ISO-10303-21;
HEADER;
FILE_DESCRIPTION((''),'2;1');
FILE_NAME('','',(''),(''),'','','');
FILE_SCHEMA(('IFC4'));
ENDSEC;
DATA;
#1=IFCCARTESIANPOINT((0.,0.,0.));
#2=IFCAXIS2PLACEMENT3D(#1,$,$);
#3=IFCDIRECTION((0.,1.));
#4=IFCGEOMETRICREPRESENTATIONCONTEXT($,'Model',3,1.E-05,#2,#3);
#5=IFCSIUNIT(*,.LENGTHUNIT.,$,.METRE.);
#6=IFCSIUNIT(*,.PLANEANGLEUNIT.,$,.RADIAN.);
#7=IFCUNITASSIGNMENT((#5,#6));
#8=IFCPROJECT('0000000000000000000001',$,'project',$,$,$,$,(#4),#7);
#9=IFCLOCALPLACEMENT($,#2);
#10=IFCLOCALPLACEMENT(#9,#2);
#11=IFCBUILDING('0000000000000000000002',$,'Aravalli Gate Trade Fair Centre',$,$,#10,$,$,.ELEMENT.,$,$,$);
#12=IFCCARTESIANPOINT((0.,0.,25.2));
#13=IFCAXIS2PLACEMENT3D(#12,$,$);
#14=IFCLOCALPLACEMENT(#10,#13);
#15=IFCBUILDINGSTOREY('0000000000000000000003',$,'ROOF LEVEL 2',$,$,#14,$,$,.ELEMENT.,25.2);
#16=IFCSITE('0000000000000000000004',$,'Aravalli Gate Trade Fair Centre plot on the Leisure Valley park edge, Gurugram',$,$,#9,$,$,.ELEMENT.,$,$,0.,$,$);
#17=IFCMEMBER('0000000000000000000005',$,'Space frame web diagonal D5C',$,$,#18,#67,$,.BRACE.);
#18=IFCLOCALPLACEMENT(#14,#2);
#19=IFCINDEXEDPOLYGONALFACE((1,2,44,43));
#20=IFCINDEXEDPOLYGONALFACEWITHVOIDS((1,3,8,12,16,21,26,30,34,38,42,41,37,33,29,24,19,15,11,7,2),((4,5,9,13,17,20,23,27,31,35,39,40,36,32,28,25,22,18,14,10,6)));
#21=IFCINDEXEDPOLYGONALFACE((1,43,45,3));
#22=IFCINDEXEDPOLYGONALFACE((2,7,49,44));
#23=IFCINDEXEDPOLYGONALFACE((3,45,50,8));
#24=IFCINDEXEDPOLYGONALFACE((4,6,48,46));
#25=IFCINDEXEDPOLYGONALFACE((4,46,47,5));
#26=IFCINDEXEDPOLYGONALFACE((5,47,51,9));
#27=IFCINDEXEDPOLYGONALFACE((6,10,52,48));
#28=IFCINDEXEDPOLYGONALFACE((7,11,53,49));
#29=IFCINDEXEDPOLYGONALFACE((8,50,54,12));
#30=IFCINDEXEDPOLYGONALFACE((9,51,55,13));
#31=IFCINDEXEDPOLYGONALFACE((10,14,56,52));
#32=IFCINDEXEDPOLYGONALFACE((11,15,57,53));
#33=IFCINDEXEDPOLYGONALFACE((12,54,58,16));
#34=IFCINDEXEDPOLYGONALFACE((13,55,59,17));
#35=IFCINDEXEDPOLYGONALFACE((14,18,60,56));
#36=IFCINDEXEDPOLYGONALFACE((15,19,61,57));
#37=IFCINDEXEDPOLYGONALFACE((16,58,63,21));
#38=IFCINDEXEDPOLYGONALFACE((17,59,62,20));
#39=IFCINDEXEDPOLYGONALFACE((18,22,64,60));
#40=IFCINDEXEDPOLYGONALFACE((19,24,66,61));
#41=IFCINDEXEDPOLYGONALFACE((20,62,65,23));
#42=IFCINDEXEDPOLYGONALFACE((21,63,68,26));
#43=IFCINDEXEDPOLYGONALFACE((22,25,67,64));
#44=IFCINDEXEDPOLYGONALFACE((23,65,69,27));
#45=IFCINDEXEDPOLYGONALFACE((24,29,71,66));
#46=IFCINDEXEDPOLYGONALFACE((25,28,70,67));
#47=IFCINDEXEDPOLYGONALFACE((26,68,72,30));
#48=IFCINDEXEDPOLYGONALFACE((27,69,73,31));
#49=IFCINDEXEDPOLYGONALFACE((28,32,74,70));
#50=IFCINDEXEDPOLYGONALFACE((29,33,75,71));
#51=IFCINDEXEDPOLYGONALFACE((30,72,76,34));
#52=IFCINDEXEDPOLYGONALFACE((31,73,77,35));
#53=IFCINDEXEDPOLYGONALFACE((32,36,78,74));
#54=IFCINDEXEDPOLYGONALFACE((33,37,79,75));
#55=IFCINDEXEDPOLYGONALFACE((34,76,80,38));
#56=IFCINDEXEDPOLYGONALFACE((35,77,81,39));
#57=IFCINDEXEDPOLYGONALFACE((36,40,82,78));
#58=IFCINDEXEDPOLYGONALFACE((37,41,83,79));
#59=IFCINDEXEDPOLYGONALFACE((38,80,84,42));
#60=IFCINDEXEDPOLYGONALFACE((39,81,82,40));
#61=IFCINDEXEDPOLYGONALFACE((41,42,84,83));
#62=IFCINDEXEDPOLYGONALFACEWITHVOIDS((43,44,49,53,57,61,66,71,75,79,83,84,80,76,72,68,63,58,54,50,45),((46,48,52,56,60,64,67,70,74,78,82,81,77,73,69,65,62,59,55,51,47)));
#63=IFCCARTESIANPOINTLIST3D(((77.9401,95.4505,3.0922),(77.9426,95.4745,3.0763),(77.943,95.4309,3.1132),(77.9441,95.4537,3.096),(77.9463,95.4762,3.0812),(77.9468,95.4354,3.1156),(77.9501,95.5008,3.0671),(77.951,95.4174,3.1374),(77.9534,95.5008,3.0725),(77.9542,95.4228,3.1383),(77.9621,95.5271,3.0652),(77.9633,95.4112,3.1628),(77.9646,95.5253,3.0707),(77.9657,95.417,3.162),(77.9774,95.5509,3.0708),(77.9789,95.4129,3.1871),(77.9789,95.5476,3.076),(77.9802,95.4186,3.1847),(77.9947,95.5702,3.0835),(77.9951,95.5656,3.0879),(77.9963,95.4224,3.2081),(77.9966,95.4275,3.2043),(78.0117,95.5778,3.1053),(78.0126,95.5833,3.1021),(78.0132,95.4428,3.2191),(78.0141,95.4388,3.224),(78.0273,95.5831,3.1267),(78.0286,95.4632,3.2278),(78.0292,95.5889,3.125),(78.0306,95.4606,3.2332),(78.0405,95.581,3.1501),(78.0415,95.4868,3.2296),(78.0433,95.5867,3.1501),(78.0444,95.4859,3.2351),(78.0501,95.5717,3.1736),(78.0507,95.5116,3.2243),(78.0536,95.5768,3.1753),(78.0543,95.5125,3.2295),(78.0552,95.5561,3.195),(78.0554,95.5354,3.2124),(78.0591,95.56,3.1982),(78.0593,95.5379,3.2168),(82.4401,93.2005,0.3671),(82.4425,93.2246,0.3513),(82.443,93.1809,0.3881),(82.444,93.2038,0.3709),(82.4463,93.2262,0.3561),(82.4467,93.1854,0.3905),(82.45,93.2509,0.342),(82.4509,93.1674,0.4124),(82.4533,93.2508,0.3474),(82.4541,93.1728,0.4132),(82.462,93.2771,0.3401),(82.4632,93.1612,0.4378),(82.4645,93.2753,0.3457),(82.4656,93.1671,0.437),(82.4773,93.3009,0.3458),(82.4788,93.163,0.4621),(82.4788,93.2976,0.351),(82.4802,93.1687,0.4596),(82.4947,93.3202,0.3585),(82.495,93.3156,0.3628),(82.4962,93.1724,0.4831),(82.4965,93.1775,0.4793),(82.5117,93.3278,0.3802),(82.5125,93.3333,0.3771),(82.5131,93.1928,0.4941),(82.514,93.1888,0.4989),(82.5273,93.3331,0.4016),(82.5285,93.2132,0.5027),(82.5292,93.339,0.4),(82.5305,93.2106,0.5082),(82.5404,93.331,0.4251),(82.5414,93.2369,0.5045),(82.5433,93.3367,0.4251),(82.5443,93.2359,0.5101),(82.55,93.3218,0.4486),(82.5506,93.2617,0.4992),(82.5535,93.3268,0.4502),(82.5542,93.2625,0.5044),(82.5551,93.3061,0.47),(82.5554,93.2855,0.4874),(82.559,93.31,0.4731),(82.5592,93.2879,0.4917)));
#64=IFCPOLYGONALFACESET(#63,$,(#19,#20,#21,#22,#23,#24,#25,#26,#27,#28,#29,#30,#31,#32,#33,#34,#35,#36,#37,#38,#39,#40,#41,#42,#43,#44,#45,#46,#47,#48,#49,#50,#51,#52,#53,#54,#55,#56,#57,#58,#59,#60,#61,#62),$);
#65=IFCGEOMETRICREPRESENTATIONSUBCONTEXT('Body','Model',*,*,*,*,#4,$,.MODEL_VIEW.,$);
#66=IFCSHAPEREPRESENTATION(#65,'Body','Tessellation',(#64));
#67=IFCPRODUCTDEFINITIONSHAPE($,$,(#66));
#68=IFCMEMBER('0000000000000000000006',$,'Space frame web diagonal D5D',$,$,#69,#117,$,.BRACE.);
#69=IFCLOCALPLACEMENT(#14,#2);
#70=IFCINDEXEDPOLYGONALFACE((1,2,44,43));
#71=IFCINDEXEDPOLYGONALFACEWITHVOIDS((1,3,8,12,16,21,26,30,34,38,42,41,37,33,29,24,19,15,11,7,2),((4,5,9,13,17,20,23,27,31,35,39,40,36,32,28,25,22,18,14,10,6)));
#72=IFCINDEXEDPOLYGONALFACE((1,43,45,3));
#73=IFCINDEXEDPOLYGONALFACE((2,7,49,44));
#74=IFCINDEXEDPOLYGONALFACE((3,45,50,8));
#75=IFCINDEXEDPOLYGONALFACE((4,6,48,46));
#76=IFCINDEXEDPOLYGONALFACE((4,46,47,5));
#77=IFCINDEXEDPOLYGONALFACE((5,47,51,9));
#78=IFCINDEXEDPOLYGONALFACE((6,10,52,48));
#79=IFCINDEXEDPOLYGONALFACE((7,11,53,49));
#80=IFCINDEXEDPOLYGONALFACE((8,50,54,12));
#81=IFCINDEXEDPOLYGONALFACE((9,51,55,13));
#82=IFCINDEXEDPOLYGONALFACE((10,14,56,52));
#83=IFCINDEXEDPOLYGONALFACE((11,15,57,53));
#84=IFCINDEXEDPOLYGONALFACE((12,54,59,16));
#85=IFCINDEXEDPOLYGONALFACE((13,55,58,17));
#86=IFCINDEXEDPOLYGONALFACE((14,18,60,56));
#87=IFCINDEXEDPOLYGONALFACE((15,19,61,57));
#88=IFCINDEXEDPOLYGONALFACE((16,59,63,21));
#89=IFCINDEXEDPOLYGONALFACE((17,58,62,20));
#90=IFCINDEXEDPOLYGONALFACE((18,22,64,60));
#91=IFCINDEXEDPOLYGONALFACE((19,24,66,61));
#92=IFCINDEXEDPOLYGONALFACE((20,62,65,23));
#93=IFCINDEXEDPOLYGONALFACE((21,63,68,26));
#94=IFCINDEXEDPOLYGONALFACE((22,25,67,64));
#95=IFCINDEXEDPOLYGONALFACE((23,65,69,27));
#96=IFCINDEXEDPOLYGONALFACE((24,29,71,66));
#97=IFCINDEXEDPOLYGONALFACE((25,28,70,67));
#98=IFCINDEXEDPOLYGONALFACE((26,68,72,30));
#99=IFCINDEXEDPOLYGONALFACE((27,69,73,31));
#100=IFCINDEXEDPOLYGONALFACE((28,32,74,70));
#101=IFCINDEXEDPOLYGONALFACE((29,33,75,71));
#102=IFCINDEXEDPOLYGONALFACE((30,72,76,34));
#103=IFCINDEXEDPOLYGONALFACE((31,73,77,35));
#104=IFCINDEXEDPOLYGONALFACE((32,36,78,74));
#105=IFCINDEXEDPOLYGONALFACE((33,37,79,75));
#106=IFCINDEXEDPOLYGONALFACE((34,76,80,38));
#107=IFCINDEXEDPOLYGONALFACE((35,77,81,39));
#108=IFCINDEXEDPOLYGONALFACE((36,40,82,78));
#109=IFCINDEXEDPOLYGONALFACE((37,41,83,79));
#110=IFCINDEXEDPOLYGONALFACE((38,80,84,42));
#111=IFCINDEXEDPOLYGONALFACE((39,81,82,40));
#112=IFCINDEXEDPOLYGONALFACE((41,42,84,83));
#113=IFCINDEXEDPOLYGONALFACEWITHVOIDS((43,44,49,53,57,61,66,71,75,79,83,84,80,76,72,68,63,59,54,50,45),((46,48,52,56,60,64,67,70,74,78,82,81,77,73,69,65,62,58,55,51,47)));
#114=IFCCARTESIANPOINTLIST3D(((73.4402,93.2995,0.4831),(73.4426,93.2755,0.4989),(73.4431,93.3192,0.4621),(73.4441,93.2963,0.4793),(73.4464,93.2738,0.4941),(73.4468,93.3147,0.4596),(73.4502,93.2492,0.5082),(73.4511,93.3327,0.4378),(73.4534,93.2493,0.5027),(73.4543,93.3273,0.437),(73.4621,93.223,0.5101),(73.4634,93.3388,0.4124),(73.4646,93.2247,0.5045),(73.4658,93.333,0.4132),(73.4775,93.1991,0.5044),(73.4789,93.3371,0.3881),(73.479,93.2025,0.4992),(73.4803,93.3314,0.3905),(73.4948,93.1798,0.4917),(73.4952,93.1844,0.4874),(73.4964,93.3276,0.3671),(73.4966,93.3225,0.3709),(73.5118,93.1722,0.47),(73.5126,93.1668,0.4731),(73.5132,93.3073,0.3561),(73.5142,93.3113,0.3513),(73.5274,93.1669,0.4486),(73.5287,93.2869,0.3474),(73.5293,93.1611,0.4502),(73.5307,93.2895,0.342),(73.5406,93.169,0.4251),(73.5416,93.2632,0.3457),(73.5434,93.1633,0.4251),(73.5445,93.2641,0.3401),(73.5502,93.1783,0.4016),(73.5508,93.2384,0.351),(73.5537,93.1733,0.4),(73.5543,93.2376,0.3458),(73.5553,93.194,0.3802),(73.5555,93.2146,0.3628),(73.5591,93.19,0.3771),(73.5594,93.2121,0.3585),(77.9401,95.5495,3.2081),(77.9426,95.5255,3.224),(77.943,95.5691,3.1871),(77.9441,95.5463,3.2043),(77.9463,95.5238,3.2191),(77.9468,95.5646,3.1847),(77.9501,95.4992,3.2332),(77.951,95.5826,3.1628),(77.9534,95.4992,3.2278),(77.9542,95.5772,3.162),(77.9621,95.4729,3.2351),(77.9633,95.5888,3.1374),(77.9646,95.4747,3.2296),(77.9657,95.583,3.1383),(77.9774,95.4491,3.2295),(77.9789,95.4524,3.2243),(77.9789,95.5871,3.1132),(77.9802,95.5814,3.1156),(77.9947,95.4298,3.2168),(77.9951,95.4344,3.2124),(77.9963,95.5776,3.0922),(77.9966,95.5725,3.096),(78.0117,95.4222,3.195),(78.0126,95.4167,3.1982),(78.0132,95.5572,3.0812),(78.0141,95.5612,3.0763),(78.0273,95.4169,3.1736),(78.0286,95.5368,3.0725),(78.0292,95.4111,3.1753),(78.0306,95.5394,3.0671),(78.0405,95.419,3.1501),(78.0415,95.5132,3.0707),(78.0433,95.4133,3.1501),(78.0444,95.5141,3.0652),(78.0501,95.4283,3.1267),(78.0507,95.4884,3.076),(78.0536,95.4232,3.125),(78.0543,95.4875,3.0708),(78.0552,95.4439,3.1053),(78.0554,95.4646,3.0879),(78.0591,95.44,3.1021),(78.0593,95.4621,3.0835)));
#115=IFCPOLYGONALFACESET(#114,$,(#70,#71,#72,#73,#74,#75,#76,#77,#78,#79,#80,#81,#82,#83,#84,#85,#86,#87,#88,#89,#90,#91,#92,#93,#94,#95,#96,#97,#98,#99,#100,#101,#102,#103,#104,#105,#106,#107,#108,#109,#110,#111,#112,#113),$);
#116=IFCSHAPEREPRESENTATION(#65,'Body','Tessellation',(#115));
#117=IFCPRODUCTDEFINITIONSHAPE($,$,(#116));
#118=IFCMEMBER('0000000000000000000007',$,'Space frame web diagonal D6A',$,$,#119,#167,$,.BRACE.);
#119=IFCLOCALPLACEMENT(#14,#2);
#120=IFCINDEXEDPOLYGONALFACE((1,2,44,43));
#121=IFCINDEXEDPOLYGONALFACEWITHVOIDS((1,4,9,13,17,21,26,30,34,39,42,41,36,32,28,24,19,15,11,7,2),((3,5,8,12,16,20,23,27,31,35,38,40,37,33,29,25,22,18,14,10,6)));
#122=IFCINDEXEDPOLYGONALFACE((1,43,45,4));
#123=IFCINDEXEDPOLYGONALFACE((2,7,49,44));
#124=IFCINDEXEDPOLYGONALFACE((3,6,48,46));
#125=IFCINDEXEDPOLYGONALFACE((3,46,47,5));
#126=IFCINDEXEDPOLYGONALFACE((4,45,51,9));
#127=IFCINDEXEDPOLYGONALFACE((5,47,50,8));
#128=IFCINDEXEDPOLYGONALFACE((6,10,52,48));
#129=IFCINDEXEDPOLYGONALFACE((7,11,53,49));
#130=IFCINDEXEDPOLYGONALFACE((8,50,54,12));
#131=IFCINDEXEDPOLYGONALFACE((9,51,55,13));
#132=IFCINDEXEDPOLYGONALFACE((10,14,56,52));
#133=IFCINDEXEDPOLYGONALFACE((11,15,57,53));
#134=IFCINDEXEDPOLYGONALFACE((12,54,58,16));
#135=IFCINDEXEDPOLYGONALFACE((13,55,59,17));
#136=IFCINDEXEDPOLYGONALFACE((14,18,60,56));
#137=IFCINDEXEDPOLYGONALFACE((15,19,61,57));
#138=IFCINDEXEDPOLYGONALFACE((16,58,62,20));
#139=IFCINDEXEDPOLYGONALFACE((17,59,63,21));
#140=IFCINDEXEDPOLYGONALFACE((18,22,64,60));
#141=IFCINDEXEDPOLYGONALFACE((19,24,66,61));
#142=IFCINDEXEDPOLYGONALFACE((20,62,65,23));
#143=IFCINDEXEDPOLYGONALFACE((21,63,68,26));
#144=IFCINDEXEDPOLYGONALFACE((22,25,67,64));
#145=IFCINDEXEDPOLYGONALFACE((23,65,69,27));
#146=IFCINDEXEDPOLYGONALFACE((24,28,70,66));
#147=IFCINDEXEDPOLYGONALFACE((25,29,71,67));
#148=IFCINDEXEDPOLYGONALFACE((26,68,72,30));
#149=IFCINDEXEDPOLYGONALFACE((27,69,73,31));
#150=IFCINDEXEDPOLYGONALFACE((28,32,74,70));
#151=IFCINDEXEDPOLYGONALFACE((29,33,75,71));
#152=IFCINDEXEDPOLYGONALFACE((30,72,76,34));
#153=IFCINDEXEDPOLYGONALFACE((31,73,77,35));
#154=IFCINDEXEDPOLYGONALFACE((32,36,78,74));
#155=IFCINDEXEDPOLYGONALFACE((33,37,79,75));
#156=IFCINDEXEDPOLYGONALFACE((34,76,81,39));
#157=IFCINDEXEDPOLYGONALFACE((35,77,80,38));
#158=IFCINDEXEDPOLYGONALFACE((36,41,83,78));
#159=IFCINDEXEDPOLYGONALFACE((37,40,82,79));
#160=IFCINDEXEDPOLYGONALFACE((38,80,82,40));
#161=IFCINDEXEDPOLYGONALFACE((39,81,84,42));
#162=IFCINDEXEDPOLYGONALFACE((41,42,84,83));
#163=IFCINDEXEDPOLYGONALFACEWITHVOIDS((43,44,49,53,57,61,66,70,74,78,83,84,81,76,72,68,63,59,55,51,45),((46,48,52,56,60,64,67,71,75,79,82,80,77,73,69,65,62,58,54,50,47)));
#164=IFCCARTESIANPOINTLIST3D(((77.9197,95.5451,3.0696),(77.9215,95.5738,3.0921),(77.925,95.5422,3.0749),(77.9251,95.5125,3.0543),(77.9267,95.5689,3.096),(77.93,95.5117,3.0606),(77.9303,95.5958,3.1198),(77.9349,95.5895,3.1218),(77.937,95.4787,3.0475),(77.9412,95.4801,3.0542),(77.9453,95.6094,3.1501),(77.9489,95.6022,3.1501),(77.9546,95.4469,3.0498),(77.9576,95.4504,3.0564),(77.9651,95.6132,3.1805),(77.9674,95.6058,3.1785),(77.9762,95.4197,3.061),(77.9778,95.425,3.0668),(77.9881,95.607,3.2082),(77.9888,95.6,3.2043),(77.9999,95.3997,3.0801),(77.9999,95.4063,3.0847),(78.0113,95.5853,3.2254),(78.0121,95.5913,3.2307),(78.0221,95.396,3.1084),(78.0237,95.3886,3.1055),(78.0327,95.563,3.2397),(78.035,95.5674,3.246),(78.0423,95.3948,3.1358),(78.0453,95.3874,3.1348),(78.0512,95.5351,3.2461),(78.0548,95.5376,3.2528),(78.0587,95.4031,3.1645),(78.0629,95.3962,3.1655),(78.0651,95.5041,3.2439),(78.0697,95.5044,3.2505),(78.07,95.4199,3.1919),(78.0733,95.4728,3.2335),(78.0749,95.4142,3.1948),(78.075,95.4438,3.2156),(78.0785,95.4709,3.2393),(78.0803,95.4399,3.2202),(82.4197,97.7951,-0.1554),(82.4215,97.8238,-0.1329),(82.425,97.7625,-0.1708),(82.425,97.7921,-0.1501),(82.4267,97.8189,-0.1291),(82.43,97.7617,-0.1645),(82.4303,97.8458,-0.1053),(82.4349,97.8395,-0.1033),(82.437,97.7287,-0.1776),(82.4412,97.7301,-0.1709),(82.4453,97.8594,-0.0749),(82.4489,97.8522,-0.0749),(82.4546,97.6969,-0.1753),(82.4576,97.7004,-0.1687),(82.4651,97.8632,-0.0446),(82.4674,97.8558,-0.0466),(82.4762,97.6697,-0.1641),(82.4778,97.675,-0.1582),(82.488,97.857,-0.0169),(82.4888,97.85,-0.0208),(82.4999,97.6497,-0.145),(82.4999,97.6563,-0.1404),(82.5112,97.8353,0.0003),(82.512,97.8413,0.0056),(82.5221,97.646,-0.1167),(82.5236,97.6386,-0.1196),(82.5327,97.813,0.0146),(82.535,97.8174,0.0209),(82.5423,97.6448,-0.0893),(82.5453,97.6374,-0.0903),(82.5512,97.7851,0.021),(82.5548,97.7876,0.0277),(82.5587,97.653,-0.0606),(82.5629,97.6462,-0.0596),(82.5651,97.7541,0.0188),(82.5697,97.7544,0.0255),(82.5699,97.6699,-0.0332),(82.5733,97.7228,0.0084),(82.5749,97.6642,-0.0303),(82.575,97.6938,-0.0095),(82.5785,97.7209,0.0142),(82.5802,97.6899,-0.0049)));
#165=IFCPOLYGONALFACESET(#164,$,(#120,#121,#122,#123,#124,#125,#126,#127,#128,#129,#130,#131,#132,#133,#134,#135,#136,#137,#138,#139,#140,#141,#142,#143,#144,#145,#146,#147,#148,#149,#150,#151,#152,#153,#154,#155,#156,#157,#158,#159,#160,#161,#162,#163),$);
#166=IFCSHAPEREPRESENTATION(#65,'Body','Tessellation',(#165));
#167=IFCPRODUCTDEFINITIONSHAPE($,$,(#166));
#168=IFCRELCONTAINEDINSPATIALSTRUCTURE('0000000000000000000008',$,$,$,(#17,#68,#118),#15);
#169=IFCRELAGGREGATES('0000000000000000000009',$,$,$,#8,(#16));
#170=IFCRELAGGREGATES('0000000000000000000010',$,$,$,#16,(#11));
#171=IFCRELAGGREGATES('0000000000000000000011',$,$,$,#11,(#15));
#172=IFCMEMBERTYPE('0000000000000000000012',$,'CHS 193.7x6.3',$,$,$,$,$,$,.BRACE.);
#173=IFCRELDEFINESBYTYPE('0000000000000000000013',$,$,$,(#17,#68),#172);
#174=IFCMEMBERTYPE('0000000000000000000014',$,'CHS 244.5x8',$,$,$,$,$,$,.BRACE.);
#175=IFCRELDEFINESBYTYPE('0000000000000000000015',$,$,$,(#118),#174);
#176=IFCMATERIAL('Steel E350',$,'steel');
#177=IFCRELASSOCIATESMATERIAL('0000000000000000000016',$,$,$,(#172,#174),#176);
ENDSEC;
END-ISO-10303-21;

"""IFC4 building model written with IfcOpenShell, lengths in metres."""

from ifc_helpers import new_model, si_unit, direction, frame, origin, origin_2d, place, context, subcontext, project, spatial, hollow_circle, extrude, material, material_profile, profile_set, type_object, element, save


model = new_model("IFC4")

# Units and contexts
model_context = context("Model", 3, precision=1e-05, world=origin(), true_north=direction((0.0, 1.0)))
body_context = subcontext(model_context, "Body", "Model", "MODEL_VIEW")
ifc_project = project(units=[si_unit("LENGTHUNIT", "METRE"), si_unit("PLANEANGLEUNIT", "RADIAN")], contexts=[model_context])

# Site, building, storey
site_placement = place(None, origin())
site = spatial("IfcSite", under=ifc_project, at=site_placement, Name="Aravalli Gate Trade Fair Centre plot on the Leisure Valley park edge, Gurugram", CompositionType="ELEMENT", RefElevation=0.0)
building_placement = place(site_placement, origin())
building = spatial("IfcBuilding", under=site, at=building_placement, Name="Aravalli Gate Trade Fair Centre", CompositionType="ELEMENT")
storey_placement = place(building_placement, frame((0.0, 0.0, 25.2)))
storey = spatial("IfcBuildingStorey", under=building, at=storey_placement, Name="ROOF LEVEL 2", CompositionType="ELEMENT", Elevation=25.2)

# Members
ifc_material_1 = material(Name="Steel E350", Category="steel")
ifc_material_profile_1 = material_profile(ifc_material_1, hollow_circle(Radius=0.0969, WallThickness=0.0063, at=origin_2d()), Name="CHS 193.7x6.3")
ifc_profile_set_1 = profile_set([ifc_material_profile_1], Name="Steel E350")
member_type_1 = type_object("IfcMemberType", Name="CHS 193.7x6.3", PredefinedType="BRACE", material=ifc_profile_set_1)
for number, where, z_axis, x_axis, name in (
    (1, (78.0, 95.5, 3.1501), (0.78647, -0.393235, -0.476268), (0.447214, 0.894427, 0.0), "Space frame web diagonal D5C"),
    (2, (78.0, 95.5, 3.1501), (-0.78647, -0.393235, -0.476268), (0.447214, -0.894427, 0.0), "Space frame web diagonal D5D"),
):
    element("IfcMember", number, at=place(storey_placement, frame(where, z_axis=z_axis, x_axis=x_axis)), inside=storey, type_object=member_type_1, Name=name, PredefinedType="BRACE", context=body_context, shape_type="SweptSolid", body=[
        extrude(hollow_circle(Radius=0.0969, WallThickness=0.0063, at=origin_2d()), origin(), (0.0, 0.0, 1.0), 5.7217),
    ])
ifc_material_profile_2 = material_profile(ifc_material_1, hollow_circle(Radius=0.1223, WallThickness=0.0081, at=origin_2d()), Name="CHS 244.5x8")
ifc_profile_set_2 = profile_set([ifc_material_profile_2], Name="Steel E350")
member_type_2 = type_object("IfcMemberType", Name="CHS 244.5x8", PredefinedType="BRACE", material=ifc_profile_set_2)
for number, where, z_axis, x_axis, name in (
    (3, (78.0, 95.5, 3.1501), (0.753, 0.3765, -0.539666), (-0.447214, 0.894427, 0.0), "Space frame web diagonal D6A"),
):
    element("IfcMember", number, at=place(storey_placement, frame(where, z_axis=z_axis, x_axis=x_axis)), inside=storey, type_object=member_type_2, Name=name, PredefinedType="BRACE", context=body_context, shape_type="SweptSolid", body=[
        extrude(hollow_circle(Radius=0.1223, WallThickness=0.0081, at=origin_2d()), origin(), (0.0, 0.0, 1.0), 5.9761),
    ])

save(model, "model.ifc")
